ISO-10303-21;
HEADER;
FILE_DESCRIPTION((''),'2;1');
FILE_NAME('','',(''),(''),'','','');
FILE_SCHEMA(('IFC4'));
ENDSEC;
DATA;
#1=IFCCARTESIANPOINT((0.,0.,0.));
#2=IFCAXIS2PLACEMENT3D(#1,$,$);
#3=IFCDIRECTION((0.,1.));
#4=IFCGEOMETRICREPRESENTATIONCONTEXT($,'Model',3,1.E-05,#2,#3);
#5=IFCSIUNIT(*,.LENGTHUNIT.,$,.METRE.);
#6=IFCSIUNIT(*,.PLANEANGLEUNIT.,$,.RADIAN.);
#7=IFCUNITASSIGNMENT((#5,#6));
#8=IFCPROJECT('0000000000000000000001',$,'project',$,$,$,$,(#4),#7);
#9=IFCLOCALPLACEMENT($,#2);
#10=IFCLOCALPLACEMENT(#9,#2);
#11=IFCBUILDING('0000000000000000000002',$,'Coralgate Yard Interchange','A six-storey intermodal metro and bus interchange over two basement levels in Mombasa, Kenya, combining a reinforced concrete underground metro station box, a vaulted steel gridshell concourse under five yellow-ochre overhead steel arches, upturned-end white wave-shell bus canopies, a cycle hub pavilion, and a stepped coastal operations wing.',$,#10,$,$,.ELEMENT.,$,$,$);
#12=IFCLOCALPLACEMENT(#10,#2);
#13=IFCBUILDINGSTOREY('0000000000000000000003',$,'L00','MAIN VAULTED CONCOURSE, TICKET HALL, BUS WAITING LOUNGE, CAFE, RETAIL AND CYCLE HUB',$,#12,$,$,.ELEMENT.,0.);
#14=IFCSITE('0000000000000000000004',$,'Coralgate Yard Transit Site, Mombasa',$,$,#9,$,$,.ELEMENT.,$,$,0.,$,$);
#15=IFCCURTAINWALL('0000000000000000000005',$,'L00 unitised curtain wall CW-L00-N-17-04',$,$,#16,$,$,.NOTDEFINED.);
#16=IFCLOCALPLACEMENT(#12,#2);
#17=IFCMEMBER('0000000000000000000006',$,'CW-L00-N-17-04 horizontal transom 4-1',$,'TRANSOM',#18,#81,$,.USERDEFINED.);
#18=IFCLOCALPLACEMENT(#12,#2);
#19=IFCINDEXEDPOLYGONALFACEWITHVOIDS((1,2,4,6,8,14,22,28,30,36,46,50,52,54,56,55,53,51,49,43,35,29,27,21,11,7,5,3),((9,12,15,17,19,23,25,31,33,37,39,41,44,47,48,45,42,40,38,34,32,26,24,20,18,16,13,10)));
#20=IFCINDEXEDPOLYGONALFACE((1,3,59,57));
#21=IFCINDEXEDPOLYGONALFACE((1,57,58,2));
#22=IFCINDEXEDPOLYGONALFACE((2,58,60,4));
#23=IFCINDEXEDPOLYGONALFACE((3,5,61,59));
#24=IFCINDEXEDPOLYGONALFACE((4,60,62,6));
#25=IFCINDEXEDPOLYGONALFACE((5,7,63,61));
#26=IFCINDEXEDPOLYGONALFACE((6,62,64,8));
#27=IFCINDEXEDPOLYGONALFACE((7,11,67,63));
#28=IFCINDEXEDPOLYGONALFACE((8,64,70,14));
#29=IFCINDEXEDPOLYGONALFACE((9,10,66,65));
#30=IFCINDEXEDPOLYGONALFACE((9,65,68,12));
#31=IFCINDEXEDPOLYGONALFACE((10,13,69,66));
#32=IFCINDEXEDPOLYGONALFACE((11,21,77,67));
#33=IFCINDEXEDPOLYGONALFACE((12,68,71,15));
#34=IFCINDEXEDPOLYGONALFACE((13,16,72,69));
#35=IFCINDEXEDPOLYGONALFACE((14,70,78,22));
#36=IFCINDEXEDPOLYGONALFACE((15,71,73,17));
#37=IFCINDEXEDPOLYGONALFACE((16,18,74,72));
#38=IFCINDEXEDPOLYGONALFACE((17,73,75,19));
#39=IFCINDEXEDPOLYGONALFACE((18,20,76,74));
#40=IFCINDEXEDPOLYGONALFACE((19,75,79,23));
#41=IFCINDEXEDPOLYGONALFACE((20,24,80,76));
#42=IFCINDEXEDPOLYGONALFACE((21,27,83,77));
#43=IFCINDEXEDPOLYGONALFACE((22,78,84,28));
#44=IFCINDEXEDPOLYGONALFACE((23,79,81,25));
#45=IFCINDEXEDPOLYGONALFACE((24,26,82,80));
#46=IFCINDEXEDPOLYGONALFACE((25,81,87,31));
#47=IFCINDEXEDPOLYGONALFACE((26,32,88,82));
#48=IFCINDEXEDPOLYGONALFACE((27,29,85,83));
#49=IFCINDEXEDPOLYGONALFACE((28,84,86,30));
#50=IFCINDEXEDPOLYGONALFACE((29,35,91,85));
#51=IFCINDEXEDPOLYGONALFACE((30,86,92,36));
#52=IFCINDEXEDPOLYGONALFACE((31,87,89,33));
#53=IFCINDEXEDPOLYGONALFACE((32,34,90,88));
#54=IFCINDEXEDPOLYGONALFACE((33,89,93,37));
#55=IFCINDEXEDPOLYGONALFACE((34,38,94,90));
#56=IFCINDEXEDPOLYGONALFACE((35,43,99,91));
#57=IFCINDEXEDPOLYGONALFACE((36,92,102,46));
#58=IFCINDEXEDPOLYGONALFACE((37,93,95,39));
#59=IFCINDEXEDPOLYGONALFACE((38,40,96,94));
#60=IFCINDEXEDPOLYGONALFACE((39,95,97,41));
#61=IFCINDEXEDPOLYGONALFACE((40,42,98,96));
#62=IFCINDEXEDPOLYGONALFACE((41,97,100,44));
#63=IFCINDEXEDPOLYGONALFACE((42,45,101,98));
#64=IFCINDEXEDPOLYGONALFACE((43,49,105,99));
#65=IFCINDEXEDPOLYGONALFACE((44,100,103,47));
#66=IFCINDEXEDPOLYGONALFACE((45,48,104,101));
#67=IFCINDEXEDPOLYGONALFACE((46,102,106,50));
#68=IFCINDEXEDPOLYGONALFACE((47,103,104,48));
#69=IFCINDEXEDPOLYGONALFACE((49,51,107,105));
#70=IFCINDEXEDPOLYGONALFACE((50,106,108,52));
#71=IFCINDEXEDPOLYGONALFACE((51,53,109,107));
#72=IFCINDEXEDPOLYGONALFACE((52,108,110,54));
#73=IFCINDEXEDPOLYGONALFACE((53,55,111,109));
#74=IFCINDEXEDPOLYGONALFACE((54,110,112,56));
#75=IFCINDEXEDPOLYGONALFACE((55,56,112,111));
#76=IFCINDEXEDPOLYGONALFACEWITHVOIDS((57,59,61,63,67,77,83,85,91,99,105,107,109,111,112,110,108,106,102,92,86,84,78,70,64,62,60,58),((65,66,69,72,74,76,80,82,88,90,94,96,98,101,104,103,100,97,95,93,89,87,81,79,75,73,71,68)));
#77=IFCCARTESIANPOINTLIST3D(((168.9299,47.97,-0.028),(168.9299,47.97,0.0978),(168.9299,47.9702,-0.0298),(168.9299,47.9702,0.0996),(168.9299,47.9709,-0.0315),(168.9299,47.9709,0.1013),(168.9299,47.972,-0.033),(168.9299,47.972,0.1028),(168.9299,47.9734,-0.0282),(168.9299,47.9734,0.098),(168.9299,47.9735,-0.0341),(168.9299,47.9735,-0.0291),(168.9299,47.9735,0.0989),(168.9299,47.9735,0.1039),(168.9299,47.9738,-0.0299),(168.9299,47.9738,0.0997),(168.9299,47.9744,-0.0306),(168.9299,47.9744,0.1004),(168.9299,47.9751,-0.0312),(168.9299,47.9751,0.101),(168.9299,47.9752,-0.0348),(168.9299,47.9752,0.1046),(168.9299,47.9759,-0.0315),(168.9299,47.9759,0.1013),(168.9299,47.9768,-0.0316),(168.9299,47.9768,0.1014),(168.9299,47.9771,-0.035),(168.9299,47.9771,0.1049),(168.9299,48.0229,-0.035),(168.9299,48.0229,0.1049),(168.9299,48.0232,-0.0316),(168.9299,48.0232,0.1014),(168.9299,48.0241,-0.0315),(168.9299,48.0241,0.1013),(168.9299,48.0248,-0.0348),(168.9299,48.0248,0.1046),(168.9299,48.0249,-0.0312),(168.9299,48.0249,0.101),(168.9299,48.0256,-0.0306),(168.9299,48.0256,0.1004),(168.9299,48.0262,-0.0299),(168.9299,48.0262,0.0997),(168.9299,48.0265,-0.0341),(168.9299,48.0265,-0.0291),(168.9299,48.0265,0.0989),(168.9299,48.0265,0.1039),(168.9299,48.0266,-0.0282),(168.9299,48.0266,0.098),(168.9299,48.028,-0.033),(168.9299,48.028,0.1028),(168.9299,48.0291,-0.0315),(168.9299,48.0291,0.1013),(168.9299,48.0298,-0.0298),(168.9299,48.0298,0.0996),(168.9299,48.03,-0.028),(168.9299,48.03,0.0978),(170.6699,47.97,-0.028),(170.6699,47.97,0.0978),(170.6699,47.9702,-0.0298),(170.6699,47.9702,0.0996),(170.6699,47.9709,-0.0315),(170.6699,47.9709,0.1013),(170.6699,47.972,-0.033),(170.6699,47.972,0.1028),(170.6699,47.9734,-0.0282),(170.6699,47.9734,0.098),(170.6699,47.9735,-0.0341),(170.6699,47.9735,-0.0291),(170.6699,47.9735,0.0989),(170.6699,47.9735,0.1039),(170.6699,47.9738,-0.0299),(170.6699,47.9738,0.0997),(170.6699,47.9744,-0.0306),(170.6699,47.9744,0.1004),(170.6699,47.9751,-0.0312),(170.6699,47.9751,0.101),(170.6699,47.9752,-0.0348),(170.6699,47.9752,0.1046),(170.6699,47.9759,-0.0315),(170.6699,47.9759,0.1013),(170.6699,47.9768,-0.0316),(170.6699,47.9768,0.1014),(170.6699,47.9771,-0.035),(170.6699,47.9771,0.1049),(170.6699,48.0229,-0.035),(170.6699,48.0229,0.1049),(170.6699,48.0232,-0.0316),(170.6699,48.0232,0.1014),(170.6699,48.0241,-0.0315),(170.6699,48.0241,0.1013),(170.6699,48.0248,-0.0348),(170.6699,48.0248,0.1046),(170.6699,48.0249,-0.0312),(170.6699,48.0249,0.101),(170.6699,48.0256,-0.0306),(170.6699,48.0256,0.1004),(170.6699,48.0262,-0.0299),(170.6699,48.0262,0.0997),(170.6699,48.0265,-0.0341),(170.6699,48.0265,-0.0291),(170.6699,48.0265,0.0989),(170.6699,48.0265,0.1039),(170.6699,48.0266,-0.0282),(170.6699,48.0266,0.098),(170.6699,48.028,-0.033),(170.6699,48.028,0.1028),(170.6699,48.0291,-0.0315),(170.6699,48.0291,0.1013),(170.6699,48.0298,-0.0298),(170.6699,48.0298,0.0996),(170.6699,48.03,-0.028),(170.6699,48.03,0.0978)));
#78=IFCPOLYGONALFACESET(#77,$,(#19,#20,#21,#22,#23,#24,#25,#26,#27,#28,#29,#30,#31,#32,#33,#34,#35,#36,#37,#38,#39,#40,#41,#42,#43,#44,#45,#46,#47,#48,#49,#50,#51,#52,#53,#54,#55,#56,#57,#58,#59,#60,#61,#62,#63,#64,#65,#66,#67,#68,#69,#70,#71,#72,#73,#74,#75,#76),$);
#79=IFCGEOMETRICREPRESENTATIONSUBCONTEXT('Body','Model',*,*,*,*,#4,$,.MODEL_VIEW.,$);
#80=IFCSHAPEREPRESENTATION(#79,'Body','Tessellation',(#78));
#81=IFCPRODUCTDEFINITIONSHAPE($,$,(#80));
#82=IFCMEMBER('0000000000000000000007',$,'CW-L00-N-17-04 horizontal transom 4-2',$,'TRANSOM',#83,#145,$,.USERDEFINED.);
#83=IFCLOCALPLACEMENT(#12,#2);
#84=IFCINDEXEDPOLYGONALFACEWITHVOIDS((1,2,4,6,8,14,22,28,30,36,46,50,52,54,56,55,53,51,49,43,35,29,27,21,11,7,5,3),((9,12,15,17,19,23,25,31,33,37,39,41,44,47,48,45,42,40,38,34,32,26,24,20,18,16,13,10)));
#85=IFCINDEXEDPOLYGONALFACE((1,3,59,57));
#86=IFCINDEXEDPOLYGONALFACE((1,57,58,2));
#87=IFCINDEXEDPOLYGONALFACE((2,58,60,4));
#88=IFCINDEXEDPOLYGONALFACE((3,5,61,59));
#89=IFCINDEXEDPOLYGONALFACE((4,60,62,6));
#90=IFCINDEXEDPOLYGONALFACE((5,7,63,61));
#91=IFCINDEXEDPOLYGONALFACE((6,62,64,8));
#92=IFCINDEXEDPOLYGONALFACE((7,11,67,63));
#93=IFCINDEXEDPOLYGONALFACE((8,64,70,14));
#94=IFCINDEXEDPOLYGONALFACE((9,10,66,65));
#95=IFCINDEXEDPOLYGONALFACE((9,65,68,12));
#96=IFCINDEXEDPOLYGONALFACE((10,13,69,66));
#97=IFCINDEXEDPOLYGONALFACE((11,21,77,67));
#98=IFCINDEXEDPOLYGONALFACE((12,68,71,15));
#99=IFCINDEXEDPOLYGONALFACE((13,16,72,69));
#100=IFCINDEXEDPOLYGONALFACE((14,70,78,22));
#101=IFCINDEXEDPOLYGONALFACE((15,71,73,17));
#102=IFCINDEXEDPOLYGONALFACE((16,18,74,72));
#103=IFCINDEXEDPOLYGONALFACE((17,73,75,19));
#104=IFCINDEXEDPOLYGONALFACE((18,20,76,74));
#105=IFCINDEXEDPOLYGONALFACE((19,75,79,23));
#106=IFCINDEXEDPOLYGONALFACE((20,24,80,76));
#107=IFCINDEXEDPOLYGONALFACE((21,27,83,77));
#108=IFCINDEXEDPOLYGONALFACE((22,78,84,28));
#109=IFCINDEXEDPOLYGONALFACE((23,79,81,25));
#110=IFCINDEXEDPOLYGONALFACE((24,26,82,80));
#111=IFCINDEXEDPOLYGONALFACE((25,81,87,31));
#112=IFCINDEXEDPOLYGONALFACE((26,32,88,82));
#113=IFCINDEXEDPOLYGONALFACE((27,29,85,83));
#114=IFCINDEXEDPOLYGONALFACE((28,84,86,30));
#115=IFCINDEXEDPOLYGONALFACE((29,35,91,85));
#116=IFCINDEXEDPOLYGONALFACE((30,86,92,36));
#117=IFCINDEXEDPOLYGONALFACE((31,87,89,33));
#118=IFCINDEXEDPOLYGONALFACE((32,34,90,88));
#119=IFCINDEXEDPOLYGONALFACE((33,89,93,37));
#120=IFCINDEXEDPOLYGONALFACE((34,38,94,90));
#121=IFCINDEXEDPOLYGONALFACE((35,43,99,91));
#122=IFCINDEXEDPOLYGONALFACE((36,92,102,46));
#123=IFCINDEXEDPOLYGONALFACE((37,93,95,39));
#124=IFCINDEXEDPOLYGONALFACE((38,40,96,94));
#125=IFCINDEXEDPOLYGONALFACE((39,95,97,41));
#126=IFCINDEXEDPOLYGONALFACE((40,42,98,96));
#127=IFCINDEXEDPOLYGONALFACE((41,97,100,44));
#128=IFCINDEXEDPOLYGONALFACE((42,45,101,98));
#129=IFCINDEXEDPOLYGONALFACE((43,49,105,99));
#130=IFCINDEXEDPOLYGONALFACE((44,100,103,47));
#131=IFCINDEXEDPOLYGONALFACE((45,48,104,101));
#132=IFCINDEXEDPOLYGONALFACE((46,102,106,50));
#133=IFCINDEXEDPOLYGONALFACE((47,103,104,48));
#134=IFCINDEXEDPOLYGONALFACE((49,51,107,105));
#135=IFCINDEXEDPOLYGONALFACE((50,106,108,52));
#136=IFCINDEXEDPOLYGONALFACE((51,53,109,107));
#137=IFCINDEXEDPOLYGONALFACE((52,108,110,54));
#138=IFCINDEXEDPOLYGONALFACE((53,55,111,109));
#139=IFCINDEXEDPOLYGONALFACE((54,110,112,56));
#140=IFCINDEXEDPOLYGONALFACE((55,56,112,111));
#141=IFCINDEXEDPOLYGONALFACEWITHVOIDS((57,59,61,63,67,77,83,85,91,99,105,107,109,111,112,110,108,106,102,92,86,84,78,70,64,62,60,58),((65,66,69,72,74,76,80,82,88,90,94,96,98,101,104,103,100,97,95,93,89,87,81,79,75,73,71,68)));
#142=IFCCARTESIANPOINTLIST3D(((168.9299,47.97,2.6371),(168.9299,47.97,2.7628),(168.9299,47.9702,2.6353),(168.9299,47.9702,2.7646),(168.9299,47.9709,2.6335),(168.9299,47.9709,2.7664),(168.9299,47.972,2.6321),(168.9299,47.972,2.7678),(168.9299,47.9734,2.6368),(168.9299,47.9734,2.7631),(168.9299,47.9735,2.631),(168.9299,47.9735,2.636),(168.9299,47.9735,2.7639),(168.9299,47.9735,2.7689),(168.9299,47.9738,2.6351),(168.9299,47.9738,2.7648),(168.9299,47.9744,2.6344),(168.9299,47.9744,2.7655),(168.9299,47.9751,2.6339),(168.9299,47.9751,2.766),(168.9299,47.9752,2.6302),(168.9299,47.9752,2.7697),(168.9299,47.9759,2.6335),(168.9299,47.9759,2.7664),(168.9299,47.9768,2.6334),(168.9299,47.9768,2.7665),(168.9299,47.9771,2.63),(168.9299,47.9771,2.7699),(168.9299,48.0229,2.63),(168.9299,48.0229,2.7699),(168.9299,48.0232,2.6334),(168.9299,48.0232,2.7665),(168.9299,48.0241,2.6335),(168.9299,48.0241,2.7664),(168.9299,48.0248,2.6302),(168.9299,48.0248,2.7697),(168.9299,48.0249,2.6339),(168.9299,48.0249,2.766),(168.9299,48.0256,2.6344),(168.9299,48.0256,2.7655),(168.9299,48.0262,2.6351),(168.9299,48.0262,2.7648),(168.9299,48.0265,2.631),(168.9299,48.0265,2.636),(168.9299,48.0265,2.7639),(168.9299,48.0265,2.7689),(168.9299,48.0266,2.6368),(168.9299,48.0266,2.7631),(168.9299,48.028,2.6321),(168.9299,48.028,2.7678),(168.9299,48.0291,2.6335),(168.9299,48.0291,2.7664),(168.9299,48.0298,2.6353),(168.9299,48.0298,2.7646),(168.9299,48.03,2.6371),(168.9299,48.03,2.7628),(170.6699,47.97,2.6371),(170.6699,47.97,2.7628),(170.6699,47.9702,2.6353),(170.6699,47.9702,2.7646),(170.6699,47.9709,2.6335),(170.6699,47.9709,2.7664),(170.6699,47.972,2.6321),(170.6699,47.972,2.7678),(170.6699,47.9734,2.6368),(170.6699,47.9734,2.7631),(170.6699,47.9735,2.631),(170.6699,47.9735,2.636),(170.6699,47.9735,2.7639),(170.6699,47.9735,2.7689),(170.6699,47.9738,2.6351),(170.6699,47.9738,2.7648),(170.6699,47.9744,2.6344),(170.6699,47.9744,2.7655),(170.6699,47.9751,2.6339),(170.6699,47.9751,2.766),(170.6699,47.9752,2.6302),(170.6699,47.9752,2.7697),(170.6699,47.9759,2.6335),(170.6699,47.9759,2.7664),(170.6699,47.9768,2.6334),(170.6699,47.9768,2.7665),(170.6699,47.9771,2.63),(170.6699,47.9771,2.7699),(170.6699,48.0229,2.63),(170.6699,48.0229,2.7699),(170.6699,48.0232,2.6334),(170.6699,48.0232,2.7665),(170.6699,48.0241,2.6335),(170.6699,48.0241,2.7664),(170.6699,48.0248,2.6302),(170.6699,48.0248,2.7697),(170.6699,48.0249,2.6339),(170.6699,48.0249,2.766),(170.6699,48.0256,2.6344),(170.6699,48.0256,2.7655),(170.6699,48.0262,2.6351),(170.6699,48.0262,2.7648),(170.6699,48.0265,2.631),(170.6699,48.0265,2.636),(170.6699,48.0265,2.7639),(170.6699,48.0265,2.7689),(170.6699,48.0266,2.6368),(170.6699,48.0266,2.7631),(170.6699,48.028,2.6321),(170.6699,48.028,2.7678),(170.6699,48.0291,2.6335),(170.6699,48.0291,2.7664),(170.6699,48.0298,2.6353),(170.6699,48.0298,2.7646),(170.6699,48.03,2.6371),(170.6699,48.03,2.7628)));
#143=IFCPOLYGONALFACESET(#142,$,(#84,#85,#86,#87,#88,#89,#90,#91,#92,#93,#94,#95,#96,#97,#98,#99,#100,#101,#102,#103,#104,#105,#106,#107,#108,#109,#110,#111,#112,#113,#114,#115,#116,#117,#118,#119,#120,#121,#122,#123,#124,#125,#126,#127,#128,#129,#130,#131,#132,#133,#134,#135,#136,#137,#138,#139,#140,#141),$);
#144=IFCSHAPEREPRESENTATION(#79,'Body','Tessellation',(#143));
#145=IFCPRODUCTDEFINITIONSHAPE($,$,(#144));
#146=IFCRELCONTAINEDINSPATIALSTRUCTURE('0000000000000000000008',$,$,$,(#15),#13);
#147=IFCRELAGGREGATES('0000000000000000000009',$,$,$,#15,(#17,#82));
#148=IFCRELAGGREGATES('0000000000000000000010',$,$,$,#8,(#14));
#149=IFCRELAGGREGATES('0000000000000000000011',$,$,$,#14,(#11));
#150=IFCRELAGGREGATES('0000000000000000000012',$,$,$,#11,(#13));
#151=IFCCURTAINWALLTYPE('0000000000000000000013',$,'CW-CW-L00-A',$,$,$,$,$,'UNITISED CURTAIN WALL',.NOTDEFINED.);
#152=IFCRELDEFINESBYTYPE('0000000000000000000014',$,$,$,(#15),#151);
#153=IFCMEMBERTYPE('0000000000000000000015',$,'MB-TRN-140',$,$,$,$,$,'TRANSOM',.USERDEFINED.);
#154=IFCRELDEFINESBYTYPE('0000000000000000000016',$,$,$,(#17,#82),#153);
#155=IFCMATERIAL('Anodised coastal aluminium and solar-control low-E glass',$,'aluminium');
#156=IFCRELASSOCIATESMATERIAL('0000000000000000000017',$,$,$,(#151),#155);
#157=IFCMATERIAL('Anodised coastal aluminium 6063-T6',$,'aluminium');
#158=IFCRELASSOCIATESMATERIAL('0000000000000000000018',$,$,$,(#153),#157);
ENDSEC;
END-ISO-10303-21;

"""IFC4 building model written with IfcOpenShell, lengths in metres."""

from ifc_helpers import new_model, si_unit, direction, frame, origin, origin_2d, place, context, subcontext, project, spatial, hollow_rectangle, extrude, material, material_profile, profile_set, type_object, element, aggregate, save


model = new_model("IFC4")

# Units and contexts
model_context = context("Model", 3, precision=1e-05, world=origin(), true_north=direction((0.0, 1.0)))
body_context = subcontext(model_context, "Body", "Model", "MODEL_VIEW")
ifc_project = project(units=[si_unit("LENGTHUNIT", "METRE"), si_unit("PLANEANGLEUNIT", "RADIAN")], contexts=[model_context])

# Site, building, storey
site_placement = place(None, origin())
site = spatial("IfcSite", under=ifc_project, at=site_placement, Name="Coralgate Yard Transit Site, Mombasa", CompositionType="ELEMENT", RefElevation=0.0)
building_placement = place(site_placement, origin())
building = spatial("IfcBuilding", under=site, at=building_placement, Name="Coralgate Yard Interchange", Description="A six-storey intermodal metro and bus interchange over two basement levels in Mombasa, Kenya, combining a reinforced concrete underground metro station box, a vaulted steel gridshell concourse under five yellow-ochre overhead steel arches, upturned-end white wave-shell bus canopies, a cycle hub pavilion, and a stepped coastal operations wing.", CompositionType="ELEMENT")
storey_placement = place(building_placement, origin())
storey = spatial("IfcBuildingStorey", under=building, at=storey_placement, Name="L00", Description="MAIN VAULTED CONCOURSE, TICKET HALL, BUS WAITING LOUNGE, CAFE, RETAIL AND CYCLE HUB", CompositionType="ELEMENT", Elevation=0.0)

# Curtain wall, members
ifc_material_1 = material(Name="Anodised coastal aluminium and solar-control low-E glass", Category="aluminium")
curtain_wall_type = type_object("IfcCurtainWallType", Name="CW-CW-L00-A", ElementType="UNITISED CURTAIN WALL", PredefinedType="NOTDEFINED", material=ifc_material_1)
curtain_wall_placement = place(storey_placement, origin())
curtain_wall = element("IfcCurtainWall", 1, at=curtain_wall_placement, inside=storey, type_object=curtain_wall_type, Name="L00 unitised curtain wall CW-L00-N-17-04", PredefinedType="NOTDEFINED")
ifc_material_2 = material(Name="Anodised coastal aluminium 6063-T6", Category="aluminium")
ifc_material_profile_1 = material_profile(ifc_material_2, hollow_rectangle(XDim=0.0601, YDim=0.1399, WallThickness=0.0034, InnerFilletRadius=0.0034, OuterFilletRadius=0.0071, at=origin_2d()), Name="ALU 60x140x3.5")
ifc_profile_set_1 = profile_set([ifc_material_profile_1], Name="Anodised coastal aluminium 6063-T6")
member_type_1 = type_object("IfcMemberType", Name="MB-TRN-140", ElementType="TRANSOM", PredefinedType="USERDEFINED", material=ifc_profile_set_1)
member_1_placement = place(storey_placement, frame((168.9299, 48.0, 0.0349), z_axis=(1.0, 0.0, 0.0), x_axis=(0.0, 1.0, 0.0)))
member_1 = element("IfcMember", 2, at=member_1_placement, type_object=member_type_1, Name="CW-L00-N-17-04 horizontal transom 4-1", ObjectType="TRANSOM", PredefinedType="USERDEFINED", context=body_context, shape_type="SweptSolid", body=[
    extrude(hollow_rectangle(XDim=0.0601, YDim=0.1399, WallThickness=0.0034, InnerFilletRadius=0.0034, OuterFilletRadius=0.0071, at=origin_2d()), origin(), (0.0, 0.0, 1.0), 1.74),
])
member_2_placement = place(storey_placement, frame((168.9299, 48.0, 2.7), z_axis=(1.0, 0.0, 0.0), x_axis=(0.0, 1.0, 0.0)))
member_2 = element("IfcMember", 3, at=member_2_placement, type_object=member_type_1, Name="CW-L00-N-17-04 horizontal transom 4-2", ObjectType="TRANSOM", PredefinedType="USERDEFINED", context=body_context, shape_type="SweptSolid", body=[
    extrude(hollow_rectangle(XDim=0.0601, YDim=0.1399, WallThickness=0.0034, InnerFilletRadius=0.0034, OuterFilletRadius=0.0071, at=origin_2d()), origin(), (0.0, 0.0, 1.0), 1.74),
])
aggregate(curtain_wall, [member_1, member_2])

save(model, "model.ifc")
